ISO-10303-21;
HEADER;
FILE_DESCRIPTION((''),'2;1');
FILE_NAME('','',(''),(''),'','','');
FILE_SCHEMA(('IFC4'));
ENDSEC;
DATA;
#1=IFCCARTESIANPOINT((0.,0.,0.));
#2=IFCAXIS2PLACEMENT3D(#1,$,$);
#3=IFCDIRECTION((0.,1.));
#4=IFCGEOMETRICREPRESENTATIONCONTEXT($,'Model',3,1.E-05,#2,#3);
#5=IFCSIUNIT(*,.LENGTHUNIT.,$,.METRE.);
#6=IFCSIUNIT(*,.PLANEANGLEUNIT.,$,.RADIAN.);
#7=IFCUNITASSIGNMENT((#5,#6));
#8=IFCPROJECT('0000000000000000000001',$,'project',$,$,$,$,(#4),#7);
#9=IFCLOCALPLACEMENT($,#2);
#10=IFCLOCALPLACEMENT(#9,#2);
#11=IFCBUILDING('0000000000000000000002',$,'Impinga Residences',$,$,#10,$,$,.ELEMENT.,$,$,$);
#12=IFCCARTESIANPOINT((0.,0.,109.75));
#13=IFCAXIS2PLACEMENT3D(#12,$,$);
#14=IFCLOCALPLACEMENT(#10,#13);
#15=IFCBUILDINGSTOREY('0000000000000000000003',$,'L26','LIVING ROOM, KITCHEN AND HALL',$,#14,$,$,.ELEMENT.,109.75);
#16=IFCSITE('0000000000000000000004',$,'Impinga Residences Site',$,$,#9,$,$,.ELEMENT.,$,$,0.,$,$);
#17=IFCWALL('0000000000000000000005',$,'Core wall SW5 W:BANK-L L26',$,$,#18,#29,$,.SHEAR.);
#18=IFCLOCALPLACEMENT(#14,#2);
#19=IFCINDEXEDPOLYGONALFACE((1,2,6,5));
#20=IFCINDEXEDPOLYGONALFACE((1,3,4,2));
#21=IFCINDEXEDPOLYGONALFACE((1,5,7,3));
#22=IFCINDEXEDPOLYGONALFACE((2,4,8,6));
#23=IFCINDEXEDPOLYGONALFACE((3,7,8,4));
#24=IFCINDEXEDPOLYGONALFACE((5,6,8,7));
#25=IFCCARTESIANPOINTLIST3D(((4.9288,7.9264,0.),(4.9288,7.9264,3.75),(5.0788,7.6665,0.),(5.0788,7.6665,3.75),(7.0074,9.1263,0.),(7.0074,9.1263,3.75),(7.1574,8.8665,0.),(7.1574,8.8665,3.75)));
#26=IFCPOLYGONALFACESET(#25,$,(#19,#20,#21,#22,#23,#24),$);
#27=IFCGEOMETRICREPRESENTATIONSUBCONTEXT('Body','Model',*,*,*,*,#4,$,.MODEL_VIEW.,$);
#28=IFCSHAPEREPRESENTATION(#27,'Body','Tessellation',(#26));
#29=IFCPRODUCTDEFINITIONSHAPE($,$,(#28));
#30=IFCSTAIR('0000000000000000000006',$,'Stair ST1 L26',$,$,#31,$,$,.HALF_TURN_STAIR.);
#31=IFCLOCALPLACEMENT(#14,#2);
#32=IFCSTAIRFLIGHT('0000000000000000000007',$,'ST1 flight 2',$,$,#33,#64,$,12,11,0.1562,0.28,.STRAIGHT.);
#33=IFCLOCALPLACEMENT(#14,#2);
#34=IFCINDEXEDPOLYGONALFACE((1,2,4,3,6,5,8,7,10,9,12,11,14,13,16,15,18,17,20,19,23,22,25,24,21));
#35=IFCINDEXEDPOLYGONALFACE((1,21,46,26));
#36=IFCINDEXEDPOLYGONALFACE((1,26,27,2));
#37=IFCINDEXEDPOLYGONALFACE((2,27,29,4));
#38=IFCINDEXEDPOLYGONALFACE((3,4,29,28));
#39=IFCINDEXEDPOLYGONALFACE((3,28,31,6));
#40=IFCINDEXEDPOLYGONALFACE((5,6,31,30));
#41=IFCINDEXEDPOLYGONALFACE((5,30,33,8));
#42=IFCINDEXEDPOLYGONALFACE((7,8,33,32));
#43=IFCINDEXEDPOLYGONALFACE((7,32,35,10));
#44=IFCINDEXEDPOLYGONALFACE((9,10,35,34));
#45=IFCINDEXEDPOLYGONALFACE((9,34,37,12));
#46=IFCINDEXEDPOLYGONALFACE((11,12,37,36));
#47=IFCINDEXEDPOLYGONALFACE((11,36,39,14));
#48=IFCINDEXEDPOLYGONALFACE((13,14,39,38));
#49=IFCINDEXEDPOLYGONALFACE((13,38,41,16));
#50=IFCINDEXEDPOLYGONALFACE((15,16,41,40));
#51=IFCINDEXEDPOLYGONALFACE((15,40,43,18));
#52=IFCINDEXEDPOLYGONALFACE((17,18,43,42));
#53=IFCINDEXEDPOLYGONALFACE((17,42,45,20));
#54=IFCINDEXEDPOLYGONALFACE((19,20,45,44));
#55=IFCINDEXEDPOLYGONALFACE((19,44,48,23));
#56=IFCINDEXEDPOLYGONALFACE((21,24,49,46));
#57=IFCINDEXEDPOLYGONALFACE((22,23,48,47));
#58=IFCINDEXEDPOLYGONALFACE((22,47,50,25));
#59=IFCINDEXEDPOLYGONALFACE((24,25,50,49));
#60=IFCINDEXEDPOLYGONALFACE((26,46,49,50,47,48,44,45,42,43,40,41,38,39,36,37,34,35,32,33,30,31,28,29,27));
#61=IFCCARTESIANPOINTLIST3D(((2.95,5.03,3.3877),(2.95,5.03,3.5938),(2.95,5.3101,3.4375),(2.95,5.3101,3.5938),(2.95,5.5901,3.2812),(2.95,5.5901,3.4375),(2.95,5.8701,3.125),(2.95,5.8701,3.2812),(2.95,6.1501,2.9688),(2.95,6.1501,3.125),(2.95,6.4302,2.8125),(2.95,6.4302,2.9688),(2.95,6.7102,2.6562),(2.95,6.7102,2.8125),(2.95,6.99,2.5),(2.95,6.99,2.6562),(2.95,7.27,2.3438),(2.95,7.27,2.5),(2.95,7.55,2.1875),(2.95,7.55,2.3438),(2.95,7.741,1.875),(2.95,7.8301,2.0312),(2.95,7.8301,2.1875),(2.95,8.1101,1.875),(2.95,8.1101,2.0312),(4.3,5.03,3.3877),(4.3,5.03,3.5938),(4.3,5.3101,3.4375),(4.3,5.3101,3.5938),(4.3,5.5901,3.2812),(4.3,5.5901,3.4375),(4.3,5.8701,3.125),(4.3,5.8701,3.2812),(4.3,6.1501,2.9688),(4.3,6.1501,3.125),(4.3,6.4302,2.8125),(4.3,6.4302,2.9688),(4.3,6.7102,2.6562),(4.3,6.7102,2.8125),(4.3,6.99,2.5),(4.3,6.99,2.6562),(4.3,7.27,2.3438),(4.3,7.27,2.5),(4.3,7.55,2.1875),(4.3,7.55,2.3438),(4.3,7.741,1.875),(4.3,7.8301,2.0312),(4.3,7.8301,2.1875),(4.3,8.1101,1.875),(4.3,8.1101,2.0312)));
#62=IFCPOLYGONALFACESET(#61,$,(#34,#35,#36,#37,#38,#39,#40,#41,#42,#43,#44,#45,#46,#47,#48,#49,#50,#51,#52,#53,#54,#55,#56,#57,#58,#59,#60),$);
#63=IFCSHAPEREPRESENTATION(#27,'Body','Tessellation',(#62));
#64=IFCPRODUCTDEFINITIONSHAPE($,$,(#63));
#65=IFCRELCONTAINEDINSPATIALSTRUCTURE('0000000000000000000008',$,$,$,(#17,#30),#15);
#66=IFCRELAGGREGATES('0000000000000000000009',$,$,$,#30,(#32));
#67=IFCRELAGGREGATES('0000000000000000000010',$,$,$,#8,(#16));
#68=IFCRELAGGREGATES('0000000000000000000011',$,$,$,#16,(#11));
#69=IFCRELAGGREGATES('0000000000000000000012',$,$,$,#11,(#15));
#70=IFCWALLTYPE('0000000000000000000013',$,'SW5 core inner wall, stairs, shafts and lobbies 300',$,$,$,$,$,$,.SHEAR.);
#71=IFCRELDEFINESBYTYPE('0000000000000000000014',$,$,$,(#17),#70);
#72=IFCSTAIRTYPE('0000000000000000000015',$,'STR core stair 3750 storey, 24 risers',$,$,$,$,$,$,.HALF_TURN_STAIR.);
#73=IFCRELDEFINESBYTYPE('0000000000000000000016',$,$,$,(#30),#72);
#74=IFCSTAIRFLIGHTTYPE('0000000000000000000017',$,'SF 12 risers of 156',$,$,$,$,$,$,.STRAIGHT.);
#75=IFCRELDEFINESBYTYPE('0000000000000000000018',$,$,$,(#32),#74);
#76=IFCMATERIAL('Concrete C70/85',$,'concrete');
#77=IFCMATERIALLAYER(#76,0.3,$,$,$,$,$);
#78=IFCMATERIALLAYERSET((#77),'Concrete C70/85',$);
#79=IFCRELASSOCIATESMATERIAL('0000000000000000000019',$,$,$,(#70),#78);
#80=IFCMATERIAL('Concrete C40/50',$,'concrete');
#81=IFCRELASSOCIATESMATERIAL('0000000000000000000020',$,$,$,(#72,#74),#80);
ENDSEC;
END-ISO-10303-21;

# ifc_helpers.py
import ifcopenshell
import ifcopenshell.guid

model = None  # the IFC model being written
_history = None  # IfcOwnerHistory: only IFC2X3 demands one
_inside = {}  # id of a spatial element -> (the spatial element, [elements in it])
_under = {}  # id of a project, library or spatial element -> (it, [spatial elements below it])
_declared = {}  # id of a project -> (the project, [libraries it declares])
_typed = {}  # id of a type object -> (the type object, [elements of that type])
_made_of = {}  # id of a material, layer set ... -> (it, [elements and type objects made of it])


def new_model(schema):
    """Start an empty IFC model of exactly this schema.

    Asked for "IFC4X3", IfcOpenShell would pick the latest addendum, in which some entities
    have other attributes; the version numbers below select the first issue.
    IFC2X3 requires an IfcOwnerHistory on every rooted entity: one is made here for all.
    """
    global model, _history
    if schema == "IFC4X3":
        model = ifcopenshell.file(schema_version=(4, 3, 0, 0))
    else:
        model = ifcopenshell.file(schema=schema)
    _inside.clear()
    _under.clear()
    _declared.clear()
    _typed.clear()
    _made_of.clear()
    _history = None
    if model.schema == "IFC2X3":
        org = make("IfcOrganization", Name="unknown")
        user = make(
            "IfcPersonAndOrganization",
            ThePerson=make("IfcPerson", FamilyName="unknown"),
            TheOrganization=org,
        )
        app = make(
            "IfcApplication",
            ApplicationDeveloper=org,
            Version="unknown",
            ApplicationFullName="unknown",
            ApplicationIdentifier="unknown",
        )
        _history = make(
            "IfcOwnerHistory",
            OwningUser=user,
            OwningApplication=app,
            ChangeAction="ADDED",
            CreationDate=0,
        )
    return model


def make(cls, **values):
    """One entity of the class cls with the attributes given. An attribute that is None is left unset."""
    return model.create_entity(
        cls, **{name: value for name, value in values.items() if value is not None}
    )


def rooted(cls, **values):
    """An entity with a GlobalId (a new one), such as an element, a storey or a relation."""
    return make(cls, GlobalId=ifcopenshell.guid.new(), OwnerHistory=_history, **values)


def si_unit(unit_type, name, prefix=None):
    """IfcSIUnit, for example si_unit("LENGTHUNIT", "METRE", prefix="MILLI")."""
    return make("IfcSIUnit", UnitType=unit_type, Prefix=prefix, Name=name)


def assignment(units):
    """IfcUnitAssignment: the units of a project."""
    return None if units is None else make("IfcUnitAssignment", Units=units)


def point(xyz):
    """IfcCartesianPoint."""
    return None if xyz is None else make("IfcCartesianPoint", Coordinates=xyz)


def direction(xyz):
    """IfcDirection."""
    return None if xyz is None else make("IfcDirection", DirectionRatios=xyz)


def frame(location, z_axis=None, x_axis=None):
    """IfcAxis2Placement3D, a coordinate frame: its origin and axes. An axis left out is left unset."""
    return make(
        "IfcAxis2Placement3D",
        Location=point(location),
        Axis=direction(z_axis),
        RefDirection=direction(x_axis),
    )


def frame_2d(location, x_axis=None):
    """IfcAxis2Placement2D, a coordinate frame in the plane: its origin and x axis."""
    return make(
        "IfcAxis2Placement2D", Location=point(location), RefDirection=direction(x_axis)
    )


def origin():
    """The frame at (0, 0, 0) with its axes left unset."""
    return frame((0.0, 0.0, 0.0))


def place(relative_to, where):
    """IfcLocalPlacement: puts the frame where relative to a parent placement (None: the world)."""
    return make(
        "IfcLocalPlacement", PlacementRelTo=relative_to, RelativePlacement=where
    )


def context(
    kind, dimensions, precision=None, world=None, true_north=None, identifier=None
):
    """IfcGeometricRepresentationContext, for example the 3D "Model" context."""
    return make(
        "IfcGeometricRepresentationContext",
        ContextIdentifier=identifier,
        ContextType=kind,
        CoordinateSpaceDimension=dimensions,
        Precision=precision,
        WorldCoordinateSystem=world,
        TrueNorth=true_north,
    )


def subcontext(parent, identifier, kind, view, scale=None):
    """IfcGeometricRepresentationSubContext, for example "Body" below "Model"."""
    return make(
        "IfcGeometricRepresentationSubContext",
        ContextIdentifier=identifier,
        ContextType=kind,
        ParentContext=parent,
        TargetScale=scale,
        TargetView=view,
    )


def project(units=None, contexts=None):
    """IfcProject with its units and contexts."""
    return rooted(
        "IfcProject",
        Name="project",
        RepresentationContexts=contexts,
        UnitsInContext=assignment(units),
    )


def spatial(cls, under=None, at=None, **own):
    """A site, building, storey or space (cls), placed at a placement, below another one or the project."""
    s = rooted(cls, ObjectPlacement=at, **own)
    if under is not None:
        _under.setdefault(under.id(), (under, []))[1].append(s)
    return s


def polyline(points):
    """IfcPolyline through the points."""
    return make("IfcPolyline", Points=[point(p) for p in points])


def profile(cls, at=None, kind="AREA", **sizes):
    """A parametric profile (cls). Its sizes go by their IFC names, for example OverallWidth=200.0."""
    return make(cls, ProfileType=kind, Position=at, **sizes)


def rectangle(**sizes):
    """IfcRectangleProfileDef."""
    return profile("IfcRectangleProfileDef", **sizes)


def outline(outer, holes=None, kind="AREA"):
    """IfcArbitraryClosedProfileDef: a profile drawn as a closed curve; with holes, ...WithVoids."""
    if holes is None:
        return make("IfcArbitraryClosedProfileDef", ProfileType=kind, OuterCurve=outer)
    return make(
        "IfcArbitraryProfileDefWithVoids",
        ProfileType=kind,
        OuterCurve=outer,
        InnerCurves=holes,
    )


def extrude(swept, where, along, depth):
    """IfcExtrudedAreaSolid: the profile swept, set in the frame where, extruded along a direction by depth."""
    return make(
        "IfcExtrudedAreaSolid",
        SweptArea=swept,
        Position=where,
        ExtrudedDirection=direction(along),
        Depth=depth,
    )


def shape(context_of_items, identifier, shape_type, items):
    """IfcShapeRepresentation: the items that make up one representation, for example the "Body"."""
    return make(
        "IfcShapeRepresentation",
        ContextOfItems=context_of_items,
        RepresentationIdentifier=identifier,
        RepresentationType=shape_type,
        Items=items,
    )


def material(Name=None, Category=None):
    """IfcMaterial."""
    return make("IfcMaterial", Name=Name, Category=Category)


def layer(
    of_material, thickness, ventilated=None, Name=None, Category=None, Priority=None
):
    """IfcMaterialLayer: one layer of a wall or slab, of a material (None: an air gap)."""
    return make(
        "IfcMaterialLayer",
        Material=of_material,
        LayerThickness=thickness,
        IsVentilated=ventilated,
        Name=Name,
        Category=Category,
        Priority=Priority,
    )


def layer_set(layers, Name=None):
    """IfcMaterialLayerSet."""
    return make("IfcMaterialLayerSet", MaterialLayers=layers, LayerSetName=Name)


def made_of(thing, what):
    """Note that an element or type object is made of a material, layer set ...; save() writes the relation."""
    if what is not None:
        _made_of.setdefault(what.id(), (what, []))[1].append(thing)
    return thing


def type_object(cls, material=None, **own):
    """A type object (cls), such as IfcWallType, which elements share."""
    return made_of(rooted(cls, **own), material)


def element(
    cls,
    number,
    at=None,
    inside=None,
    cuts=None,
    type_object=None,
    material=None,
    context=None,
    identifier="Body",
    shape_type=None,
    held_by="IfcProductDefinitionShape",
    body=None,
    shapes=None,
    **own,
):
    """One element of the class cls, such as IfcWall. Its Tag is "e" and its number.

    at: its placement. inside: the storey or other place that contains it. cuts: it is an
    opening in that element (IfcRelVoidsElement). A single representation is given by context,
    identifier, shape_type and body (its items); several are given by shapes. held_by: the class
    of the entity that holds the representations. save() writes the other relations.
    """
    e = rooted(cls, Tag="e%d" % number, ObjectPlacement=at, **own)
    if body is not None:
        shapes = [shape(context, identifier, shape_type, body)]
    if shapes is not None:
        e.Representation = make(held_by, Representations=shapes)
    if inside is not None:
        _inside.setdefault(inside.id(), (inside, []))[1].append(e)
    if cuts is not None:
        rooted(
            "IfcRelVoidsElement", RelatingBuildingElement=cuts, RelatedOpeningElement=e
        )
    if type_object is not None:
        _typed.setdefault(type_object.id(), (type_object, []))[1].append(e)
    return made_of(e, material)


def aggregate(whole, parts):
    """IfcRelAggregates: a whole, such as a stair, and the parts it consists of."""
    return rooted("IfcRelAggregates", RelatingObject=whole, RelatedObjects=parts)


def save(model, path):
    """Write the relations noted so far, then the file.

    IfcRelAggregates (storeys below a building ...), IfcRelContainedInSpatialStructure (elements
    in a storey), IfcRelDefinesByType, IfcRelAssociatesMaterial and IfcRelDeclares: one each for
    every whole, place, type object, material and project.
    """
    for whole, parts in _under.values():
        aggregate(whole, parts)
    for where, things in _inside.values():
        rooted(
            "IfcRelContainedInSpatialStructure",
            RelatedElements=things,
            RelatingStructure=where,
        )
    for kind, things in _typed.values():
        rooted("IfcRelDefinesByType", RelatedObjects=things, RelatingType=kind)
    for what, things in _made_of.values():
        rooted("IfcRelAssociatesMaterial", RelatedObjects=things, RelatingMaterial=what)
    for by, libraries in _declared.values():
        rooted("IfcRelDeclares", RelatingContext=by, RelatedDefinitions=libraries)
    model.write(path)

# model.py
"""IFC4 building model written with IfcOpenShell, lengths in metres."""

from ifc_helpers import new_model, si_unit, direction, frame, frame_2d, origin, place, context, subcontext, project, spatial, polyline, rectangle, outline, extrude, material, layer, layer_set, type_object, element, aggregate, save


model = new_model("IFC4")

# Units and contexts
model_context = context("Model", 3, precision=1e-05, world=origin(), true_north=direction((0.0, 1.0)))
body_context = subcontext(model_context, "Body", "Model", "MODEL_VIEW")
ifc_project = project(units=[si_unit("LENGTHUNIT", "METRE"), si_unit("PLANEANGLEUNIT", "RADIAN")], contexts=[model_context])

# Site, building, storey
site_placement = place(None, origin())
site = spatial("IfcSite", under=ifc_project, at=site_placement, Name="Impinga Residences Site", CompositionType="ELEMENT", RefElevation=0.0)
building_placement = place(site_placement, origin())
building = spatial("IfcBuilding", under=site, at=building_placement, Name="Impinga Residences", CompositionType="ELEMENT")
storey_placement = place(building_placement, frame((0.0, 0.0, 109.75)))
storey = spatial("IfcBuildingStorey", under=building, at=storey_placement, Name="L26", Description="LIVING ROOM, KITCHEN AND HALL", CompositionType="ELEMENT", Elevation=109.75)

# Shared definitions
ifc_material_1 = material(Name="Concrete C70/85", Category="concrete")
ifc_layer_1 = layer(ifc_material_1, 0.3)
ifc_layer_set_1 = layer_set([ifc_layer_1], Name="Concrete C70/85")
wall_type_1 = type_object("IfcWallType", Name="SW5 core inner wall, stairs, shafts and lobbies 300", PredefinedType="SHEAR", material=ifc_layer_set_1)

# Wall
wall_1_placement = place(storey_placement, frame((5.0037, 7.7964, 0.0), z_axis=(0.0, 0.0, 1.0), x_axis=(0.86605, 0.499957, 0.0)))
element("IfcWall", 1, at=wall_1_placement, inside=storey, type_object=wall_type_1, Name="Core wall SW5 W:BANK-L L26", PredefinedType="SHEAR", context=body_context, shape_type="SweptSolid", body=[
    extrude(rectangle(XDim=2.4001, YDim=0.3, at=frame_2d((1.2002, 0.0))), origin(), (0.0, 0.0, 1.0), 3.75),
])

# Stair, stair flight
ifc_material_2 = material(Name="Concrete C40/50", Category="concrete")
stair_type = type_object("IfcStairType", Name="STR core stair 3750 storey, 24 risers", PredefinedType="HALF_TURN_STAIR", material=ifc_material_2)
stair_placement = place(storey_placement, origin())
stair = element("IfcStair", 2, at=stair_placement, inside=storey, type_object=stair_type, Name="Stair ST1 L26", PredefinedType="HALF_TURN_STAIR")
stair_flight_type = type_object("IfcStairFlightType", Name="SF 12 risers of 156", PredefinedType="STRAIGHT", material=ifc_material_2)
stair_flight_placement = place(storey_placement, frame((3.625, 8.1101, 1.875), z_axis=(0.0, 0.0, 1.0), x_axis=(0.0, -1.0, 0.0)))
stair_flight = element("IfcStairFlight", 3, at=stair_flight_placement, type_object=stair_flight_type, Name="ST1 flight 2", NumberOfRisers=12, NumberOfTreads=11, PredefinedType="STRAIGHT", RiserHeight=0.1562, TreadLength=0.28, context=body_context, shape_type="SweptSolid", body=[
    extrude(outline(polyline([(0.0, 0.0), (0.0, 0.1562), (0.28, 0.1562), (0.28, 0.3125), (0.5601, 0.3125), (0.5601, 0.4688), (0.8401, 0.4688), (0.8401, 0.625), (1.1201, 0.625), (1.1201, 0.7812), (1.3999, 0.7812), (1.3999, 0.9375), (1.6799, 0.9375), (1.6799, 1.0938), (1.96, 1.0938), (1.96, 1.25), (2.24, 1.25), (2.24, 1.4062), (2.52, 1.4062), (2.52, 1.5625), (2.8, 1.5625), (2.8, 1.7188), (3.0801, 1.7188), (3.0801, 1.875), (3.0801, 1.5127), (0.3691, 0.0), (0.0, 0.0)])), frame((0.0, 0.675, 0.0), z_axis=(0.0, -1.0, 0.0), x_axis=(1.0, 0.0, 0.0)), (0.0, 0.0, 1.0), 1.3501),
])
aggregate(stair, [stair_flight])

save(model, "model.ifc")
